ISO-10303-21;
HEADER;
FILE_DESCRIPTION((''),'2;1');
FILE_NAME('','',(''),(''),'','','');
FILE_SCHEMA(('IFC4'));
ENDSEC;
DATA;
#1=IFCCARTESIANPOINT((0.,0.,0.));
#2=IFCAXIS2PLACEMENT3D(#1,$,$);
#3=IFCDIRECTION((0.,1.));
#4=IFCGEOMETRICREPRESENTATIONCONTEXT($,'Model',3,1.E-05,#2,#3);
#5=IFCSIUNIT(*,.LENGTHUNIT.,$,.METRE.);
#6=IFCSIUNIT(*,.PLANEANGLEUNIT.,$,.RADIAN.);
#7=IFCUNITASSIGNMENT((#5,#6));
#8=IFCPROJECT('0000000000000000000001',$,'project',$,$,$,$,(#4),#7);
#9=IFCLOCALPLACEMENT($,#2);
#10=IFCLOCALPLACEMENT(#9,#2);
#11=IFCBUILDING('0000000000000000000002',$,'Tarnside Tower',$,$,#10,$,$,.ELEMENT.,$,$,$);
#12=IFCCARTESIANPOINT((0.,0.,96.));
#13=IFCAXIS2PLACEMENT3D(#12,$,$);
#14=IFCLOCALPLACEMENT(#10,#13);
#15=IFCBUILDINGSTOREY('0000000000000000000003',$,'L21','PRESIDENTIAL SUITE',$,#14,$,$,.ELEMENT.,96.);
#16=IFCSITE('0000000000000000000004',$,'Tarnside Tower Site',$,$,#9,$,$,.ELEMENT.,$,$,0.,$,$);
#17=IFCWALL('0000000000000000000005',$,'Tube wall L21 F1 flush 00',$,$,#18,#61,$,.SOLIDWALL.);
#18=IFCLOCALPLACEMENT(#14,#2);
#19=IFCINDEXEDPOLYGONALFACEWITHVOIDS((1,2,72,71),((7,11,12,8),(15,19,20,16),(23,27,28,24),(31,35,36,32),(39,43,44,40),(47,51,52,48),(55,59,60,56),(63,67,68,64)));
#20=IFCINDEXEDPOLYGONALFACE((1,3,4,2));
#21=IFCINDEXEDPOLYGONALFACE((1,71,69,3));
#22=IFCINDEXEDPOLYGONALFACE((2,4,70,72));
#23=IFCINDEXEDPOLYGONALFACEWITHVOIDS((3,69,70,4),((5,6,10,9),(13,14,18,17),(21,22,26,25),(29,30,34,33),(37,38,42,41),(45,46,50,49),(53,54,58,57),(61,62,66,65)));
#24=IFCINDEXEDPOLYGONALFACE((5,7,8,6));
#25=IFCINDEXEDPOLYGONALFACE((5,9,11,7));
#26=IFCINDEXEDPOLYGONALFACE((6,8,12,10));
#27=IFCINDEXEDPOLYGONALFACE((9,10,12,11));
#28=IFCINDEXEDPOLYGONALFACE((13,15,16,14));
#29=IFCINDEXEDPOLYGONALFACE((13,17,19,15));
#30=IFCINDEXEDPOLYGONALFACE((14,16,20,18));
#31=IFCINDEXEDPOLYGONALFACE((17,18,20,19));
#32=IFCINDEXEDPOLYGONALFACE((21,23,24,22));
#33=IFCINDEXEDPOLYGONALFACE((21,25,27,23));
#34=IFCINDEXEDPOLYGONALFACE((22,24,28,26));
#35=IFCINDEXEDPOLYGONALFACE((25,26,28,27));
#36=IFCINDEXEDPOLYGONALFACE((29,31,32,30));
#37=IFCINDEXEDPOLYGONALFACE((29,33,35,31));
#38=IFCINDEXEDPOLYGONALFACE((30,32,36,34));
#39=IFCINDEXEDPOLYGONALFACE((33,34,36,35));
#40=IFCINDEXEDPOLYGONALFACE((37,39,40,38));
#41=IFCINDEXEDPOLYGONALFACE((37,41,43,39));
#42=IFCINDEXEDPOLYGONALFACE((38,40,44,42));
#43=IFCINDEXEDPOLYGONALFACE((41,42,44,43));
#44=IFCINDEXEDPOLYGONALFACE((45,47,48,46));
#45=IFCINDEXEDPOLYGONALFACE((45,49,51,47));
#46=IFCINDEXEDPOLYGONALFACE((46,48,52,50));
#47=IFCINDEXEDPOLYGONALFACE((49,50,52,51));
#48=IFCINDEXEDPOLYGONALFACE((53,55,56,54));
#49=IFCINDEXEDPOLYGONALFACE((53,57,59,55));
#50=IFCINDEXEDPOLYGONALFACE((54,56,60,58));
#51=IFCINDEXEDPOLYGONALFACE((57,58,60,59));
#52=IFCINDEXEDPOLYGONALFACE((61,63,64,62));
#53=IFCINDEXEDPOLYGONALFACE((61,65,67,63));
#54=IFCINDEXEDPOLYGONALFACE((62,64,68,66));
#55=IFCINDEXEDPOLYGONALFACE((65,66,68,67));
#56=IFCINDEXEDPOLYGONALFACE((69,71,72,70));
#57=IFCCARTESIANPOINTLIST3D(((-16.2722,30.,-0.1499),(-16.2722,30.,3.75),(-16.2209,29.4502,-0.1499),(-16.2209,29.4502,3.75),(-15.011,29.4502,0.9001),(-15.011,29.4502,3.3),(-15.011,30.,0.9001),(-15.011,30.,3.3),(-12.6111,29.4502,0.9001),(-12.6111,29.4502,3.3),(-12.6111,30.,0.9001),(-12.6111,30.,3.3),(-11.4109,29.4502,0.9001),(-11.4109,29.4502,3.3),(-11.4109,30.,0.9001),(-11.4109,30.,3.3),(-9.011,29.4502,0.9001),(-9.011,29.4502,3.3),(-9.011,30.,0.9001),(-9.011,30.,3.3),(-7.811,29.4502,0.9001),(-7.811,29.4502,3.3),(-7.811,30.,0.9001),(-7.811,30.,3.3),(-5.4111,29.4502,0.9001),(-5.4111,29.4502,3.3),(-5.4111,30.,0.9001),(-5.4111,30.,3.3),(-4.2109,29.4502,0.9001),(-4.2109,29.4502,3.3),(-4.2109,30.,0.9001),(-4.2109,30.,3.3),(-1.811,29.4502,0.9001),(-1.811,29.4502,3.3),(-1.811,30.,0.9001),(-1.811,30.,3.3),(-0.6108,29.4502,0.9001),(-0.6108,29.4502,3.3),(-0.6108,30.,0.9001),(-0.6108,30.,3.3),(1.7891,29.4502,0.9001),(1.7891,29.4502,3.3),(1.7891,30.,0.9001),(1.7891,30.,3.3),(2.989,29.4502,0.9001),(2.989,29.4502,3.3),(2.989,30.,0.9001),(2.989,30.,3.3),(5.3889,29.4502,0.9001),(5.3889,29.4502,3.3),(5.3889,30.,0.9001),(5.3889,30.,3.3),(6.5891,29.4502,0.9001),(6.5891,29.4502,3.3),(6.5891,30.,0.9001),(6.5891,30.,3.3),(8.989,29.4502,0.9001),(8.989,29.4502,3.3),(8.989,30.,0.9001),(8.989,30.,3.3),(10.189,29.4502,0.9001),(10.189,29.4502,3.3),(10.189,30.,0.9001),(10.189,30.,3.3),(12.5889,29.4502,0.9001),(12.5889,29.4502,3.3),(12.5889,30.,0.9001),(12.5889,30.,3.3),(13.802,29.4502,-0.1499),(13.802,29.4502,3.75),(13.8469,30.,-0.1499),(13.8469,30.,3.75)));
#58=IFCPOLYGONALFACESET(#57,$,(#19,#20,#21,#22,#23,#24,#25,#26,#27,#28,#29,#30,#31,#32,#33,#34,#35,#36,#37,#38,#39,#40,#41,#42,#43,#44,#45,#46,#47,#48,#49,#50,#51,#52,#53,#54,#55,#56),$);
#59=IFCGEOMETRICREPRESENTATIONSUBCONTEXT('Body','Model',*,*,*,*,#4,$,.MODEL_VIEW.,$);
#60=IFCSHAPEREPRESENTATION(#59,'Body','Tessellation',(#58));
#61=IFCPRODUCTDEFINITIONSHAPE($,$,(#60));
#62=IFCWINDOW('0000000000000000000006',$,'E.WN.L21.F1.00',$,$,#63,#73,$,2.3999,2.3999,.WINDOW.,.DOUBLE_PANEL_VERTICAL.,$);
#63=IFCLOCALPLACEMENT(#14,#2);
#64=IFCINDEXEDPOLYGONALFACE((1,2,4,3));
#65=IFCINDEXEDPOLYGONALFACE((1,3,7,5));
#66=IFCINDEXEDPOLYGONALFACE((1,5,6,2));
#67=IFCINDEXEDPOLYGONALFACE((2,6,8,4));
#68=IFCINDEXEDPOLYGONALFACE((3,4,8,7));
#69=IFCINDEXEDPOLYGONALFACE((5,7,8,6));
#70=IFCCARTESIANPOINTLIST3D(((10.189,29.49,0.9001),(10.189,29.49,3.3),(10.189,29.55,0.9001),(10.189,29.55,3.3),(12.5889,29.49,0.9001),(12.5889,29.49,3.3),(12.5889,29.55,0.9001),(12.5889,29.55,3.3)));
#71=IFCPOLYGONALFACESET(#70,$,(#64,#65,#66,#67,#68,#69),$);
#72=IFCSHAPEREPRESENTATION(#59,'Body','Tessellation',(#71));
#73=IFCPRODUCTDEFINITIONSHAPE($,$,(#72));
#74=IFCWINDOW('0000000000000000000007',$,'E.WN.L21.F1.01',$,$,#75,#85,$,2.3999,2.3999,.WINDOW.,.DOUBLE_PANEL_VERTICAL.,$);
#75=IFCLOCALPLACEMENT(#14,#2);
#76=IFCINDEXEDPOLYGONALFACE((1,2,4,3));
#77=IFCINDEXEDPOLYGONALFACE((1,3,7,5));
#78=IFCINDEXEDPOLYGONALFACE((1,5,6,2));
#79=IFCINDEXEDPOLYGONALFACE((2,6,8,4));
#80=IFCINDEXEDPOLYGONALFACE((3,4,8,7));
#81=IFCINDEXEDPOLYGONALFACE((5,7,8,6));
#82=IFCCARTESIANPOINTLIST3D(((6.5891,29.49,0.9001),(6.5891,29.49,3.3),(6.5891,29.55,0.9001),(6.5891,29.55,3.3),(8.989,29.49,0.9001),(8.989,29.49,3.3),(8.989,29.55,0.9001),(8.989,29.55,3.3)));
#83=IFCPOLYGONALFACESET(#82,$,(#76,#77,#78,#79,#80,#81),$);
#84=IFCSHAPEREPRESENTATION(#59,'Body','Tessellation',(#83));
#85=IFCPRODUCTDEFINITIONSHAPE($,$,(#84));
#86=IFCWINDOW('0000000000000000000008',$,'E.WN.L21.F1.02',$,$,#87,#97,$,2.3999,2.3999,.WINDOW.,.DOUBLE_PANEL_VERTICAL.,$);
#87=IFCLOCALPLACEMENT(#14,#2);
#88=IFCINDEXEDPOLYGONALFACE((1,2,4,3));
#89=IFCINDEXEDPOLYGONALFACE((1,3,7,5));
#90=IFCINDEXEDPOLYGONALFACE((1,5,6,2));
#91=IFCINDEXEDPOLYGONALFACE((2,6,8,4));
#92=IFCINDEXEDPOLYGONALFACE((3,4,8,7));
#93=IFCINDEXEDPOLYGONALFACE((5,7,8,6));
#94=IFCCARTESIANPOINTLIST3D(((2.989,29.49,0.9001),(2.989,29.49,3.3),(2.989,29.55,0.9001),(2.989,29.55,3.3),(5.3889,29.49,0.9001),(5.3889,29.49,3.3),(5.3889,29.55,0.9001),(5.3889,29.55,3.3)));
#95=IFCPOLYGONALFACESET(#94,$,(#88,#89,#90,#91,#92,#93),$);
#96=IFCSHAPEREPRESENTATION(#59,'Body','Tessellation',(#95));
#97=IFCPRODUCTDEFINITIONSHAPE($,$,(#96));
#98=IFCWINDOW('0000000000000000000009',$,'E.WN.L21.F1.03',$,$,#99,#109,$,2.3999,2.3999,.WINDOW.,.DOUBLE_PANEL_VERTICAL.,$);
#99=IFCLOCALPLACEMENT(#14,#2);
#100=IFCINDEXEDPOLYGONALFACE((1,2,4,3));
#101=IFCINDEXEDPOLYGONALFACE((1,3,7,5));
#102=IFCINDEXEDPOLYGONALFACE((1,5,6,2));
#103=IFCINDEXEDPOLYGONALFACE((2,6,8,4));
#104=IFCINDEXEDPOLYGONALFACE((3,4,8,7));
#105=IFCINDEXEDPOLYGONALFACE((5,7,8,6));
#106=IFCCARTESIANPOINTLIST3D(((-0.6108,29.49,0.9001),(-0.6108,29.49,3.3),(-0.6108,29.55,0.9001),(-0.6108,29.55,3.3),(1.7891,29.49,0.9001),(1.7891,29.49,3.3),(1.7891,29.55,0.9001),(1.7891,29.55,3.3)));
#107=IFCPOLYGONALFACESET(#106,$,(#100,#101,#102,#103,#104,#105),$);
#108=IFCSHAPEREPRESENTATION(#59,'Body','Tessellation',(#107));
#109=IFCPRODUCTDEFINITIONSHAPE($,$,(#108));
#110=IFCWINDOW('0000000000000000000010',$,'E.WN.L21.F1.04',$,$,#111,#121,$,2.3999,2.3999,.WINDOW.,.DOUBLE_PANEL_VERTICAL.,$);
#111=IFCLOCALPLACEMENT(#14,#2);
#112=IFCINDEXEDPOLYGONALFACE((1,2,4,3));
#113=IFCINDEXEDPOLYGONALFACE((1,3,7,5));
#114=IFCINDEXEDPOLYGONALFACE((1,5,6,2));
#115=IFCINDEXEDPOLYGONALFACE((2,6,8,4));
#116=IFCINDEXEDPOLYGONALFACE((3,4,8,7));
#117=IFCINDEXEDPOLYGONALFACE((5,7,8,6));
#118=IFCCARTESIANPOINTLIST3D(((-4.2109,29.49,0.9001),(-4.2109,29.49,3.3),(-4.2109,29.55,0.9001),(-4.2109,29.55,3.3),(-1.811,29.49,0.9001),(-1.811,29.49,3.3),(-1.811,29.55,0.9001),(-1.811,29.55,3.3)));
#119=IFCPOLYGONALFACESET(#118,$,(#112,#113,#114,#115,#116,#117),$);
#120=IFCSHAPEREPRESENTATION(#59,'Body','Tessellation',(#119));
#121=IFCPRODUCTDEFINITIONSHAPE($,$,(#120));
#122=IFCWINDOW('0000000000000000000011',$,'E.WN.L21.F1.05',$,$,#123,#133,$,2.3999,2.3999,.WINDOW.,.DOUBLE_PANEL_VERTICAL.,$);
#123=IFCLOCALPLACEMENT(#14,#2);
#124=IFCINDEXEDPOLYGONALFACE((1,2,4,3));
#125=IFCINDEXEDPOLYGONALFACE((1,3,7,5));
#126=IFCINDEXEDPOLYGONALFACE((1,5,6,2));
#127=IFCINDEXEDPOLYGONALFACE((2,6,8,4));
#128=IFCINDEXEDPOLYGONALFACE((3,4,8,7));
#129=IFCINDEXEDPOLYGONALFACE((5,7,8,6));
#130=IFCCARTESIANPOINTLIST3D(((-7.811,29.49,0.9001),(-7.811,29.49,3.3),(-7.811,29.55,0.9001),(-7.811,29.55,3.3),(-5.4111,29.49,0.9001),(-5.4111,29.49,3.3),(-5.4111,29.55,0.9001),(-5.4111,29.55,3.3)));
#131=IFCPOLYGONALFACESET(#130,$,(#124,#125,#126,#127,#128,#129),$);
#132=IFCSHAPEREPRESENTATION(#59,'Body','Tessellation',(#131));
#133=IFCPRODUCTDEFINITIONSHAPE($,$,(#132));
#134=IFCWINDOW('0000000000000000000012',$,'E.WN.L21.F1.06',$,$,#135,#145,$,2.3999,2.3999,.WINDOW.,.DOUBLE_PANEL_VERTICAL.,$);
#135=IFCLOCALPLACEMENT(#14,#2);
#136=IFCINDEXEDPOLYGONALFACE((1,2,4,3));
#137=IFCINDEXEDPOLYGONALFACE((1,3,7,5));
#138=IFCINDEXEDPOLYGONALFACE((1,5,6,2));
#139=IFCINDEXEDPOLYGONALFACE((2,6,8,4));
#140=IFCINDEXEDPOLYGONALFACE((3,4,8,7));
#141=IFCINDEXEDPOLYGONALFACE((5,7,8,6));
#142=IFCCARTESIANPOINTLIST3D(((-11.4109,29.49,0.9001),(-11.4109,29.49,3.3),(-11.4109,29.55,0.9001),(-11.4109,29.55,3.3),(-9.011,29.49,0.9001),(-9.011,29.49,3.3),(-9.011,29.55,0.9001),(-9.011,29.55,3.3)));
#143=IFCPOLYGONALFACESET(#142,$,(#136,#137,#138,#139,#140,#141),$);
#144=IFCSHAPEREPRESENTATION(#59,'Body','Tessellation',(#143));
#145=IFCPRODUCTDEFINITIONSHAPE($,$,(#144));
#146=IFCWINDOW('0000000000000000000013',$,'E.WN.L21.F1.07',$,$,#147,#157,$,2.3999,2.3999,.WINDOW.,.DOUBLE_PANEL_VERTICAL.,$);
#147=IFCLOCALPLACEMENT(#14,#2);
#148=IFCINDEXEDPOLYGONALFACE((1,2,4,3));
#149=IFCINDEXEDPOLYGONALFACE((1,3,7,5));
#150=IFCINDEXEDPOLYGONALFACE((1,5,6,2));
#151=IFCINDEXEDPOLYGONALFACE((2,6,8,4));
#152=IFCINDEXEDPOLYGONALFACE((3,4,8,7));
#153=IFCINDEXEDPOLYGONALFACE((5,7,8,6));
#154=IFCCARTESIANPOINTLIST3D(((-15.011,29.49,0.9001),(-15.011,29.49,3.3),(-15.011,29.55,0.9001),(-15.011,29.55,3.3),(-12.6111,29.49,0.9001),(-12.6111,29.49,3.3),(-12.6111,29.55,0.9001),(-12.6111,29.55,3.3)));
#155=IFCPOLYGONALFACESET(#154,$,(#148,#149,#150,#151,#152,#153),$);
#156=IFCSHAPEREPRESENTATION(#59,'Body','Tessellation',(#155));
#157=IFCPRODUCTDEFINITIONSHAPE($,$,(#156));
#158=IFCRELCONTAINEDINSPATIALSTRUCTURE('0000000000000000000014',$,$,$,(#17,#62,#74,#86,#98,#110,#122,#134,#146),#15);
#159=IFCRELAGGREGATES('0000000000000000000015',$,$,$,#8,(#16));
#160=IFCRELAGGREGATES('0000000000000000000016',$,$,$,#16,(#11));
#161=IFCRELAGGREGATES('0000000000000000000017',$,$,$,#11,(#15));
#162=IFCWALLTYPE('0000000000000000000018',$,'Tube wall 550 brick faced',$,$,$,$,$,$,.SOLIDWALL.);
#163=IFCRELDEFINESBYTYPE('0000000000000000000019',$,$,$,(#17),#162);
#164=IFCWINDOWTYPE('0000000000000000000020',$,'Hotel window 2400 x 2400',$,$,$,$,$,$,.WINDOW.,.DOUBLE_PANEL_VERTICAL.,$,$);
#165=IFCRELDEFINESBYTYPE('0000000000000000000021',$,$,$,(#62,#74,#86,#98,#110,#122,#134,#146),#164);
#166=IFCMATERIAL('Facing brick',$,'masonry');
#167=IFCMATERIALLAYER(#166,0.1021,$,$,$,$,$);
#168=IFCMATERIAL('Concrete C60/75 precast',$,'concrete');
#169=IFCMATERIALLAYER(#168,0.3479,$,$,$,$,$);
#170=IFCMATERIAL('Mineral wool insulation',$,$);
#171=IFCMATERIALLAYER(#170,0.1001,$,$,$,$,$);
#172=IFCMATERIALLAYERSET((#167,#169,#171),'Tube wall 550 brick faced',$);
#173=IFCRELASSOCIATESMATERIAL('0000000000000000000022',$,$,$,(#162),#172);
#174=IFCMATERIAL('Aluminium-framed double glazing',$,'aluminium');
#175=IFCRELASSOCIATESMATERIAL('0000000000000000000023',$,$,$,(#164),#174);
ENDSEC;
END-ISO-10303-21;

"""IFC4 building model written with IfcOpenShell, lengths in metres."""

from ifc_helpers import new_model, si_unit, direction, frame, frame_2d, origin, place, context, subcontext, project, spatial, polyline, rectangle, outline, extrude, material, layer, layer_set, type_object, element, fill, save


model = new_model("IFC4")

# Units and contexts
model_context = context("Model", 3, precision=1e-05, world=origin(), true_north=direction((0.0, 1.0)))
body_context = subcontext(model_context, "Body", "Model", "MODEL_VIEW")
ifc_project = project(units=[si_unit("LENGTHUNIT", "METRE"), si_unit("PLANEANGLEUNIT", "RADIAN")], contexts=[model_context])

# Site, building, storey
site_placement = place(None, origin())
site = spatial("IfcSite", under=ifc_project, at=site_placement, Name="Tarnside Tower Site", CompositionType="ELEMENT", RefElevation=0.0)
building_placement = place(site_placement, origin())
building = spatial("IfcBuilding", under=site, at=building_placement, Name="Tarnside Tower", CompositionType="ELEMENT")
storey_placement = place(building_placement, frame((0.0, 0.0, 96.0)))
storey = spatial("IfcBuildingStorey", under=building, at=storey_placement, Name="L21", Description="PRESIDENTIAL SUITE", CompositionType="ELEMENT", Elevation=96.0)

# Wall, openings, windows
ifc_material_1 = material(Name="Facing brick", Category="masonry")
ifc_layer_1 = layer(ifc_material_1, 0.1021)
ifc_material_2 = material(Name="Concrete C60/75 precast", Category="concrete")
ifc_layer_2 = layer(ifc_material_2, 0.3479)
ifc_material_3 = material(Name="Mineral wool insulation")
ifc_layer_3 = layer(ifc_material_3, 0.1001)
ifc_layer_set_1 = layer_set([ifc_layer_1, ifc_layer_2, ifc_layer_3], Name="Tube wall 550 brick faced")
wall_type_1 = type_object("IfcWallType", Name="Tube wall 550 brick faced", PredefinedType="SOLIDWALL", material=ifc_layer_set_1)
wall_1_placement = place(storey_placement, frame((13.8245, 29.7251, -0.1499), z_axis=(0.0, 0.0, 1.0), x_axis=(-1.0, 0.0, 0.0)))
wall_1 = element("IfcWall", 1, at=wall_1_placement, inside=storey, type_object=wall_type_1, Name="Tube wall L21 F1 flush 00", PredefinedType="SOLIDWALL", context=body_context, shape_type="SweptSolid", body=[
    extrude(outline(polyline([(-0.0225, -0.2749), (30.0967, -0.2749), (30.0454, 0.2749), (0.0225, 0.2749), (-0.0225, -0.2749)])), origin(), (0.0, 0.0, 1.0), 3.8999),
])
opening_1_placement = place(wall_1_placement, frame((1.2356, 0.0, 1.05)))
opening_1 = element("IfcOpeningElement", 2, at=opening_1_placement, cuts=wall_1, PredefinedType="OPENING", context=body_context, shape_type="SweptSolid", body=[
    extrude(rectangle(XDim=2.3999, YDim=2.3999, at=frame_2d((1.2, 1.2))), frame((0.0, 0.2852, 0.0), z_axis=(0.0, -1.0, 0.0), x_axis=(1.0, 0.0, 0.0)), (0.0, 0.0, 1.0), 0.5701),
])
opening_2_placement = place(wall_1_placement, frame((4.8354, 0.0, 1.05)))
opening_2 = element("IfcOpeningElement", 3, at=opening_2_placement, cuts=wall_1, PredefinedType="OPENING", context=body_context, shape_type="SweptSolid", body=[
    extrude(rectangle(XDim=2.3999, YDim=2.3999, at=frame_2d((1.2, 1.2))), frame((0.0, 0.2852, 0.0), z_axis=(0.0, -1.0, 0.0), x_axis=(1.0, 0.0, 0.0)), (0.0, 0.0, 1.0), 0.5701),
])
opening_3_placement = place(wall_1_placement, frame((8.4355, 0.0, 1.05)))
opening_3 = element("IfcOpeningElement", 4, at=opening_3_placement, cuts=wall_1, PredefinedType="OPENING", context=body_context, shape_type="SweptSolid", body=[
    extrude(rectangle(XDim=2.3999, YDim=2.3999, at=frame_2d((1.2, 1.2))), frame((0.0, 0.2852, 0.0), z_axis=(0.0, -1.0, 0.0), x_axis=(1.0, 0.0, 0.0)), (0.0, 0.0, 1.0), 0.5701),
])
opening_4_placement = place(wall_1_placement, frame((12.0354, 0.0, 1.05)))
opening_4 = element("IfcOpeningElement", 5, at=opening_4_placement, cuts=wall_1, PredefinedType="OPENING", context=body_context, shape_type="SweptSolid", body=[
    extrude(rectangle(XDim=2.3999, YDim=2.3999, at=frame_2d((1.2, 1.2))), frame((0.0, 0.2852, 0.0), z_axis=(0.0, -1.0, 0.0), x_axis=(1.0, 0.0, 0.0)), (0.0, 0.0, 1.0), 0.5701),
])
opening_5_placement = place(wall_1_placement, frame((15.6355, 0.0, 1.05)))
opening_5 = element("IfcOpeningElement", 6, at=opening_5_placement, cuts=wall_1, PredefinedType="OPENING", context=body_context, shape_type="SweptSolid", body=[
    extrude(rectangle(XDim=2.3999, YDim=2.3999, at=frame_2d((1.2, 1.2))), frame((0.0, 0.2852, 0.0), z_axis=(0.0, -1.0, 0.0), x_axis=(1.0, 0.0, 0.0)), (0.0, 0.0, 1.0), 0.5701),
])
opening_6_placement = place(wall_1_placement, frame((19.2356, 0.0, 1.05)))
opening_6 = element("IfcOpeningElement", 7, at=opening_6_placement, cuts=wall_1, PredefinedType="OPENING", context=body_context, shape_type="SweptSolid", body=[
    extrude(rectangle(XDim=2.3999, YDim=2.3999, at=frame_2d((1.2, 1.2))), frame((0.0, 0.2852, 0.0), z_axis=(0.0, -1.0, 0.0), x_axis=(1.0, 0.0, 0.0)), (0.0, 0.0, 1.0), 0.5701),
])
opening_7_placement = place(wall_1_placement, frame((22.8354, 0.0, 1.05)))
opening_7 = element("IfcOpeningElement", 8, at=opening_7_placement, cuts=wall_1, PredefinedType="OPENING", context=body_context, shape_type="SweptSolid", body=[
    extrude(rectangle(XDim=2.3999, YDim=2.3999, at=frame_2d((1.2, 1.2))), frame((0.0, 0.2852, 0.0), z_axis=(0.0, -1.0, 0.0), x_axis=(1.0, 0.0, 0.0)), (0.0, 0.0, 1.0), 0.5701),
])
opening_8_placement = place(wall_1_placement, frame((26.4355, 0.0, 1.05)))
opening_8 = element("IfcOpeningElement", 9, at=opening_8_placement, cuts=wall_1, PredefinedType="OPENING", context=body_context, shape_type="SweptSolid", body=[
    extrude(rectangle(XDim=2.3999, YDim=2.3999, at=frame_2d((1.2, 1.2))), frame((0.0, 0.2852, 0.0), z_axis=(0.0, -1.0, 0.0), x_axis=(1.0, 0.0, 0.0)), (0.0, 0.0, 1.0), 0.5701),
])
ifc_material_4 = material(Name="Aluminium-framed double glazing", Category="aluminium")
window_type = type_object("IfcWindowType", Name="Hotel window 2400 x 2400", PartitioningType="DOUBLE_PANEL_VERTICAL", PredefinedType="WINDOW", material=ifc_material_4)
window_1_placement = place(opening_1_placement, frame((0.0, 0.2051, 0.0)))
window_1 = element("IfcWindow", 10, at=window_1_placement, inside=storey, type_object=window_type, Name="E.WN.L21.F1.00", OverallHeight=2.3999, OverallWidth=2.3999, PartitioningType="DOUBLE_PANEL_VERTICAL", PredefinedType="WINDOW", context=body_context, shape_type="SweptSolid", body=[
    extrude(rectangle(XDim=2.3999, YDim=2.3999, at=frame_2d((1.2, 1.2))), frame((0.0, 0.03, 0.0), z_axis=(0.0, -1.0, 0.0), x_axis=(1.0, 0.0, 0.0)), (0.0, 0.0, 1.0), 0.0601),
])
fill(opening_1, window_1)
window_2_placement = place(opening_2_placement, frame((0.0, 0.2051, 0.0)))
window_2 = element("IfcWindow", 11, at=window_2_placement, inside=storey, type_object=window_type, Name="E.WN.L21.F1.01", OverallHeight=2.3999, OverallWidth=2.3999, PartitioningType="DOUBLE_PANEL_VERTICAL", PredefinedType="WINDOW", context=body_context, shape_type="SweptSolid", body=[
    extrude(rectangle(XDim=2.3999, YDim=2.3999, at=frame_2d((1.2, 1.2))), frame((0.0, 0.03, 0.0), z_axis=(0.0, -1.0, 0.0), x_axis=(1.0, 0.0, 0.0)), (0.0, 0.0, 1.0), 0.0601),
])
fill(opening_2, window_2)
window_3_placement = place(opening_3_placement, frame((0.0, 0.2051, 0.0)))
window_3 = element("IfcWindow", 12, at=window_3_placement, inside=storey, type_object=window_type, Name="E.WN.L21.F1.02", OverallHeight=2.3999, OverallWidth=2.3999, PartitioningType="DOUBLE_PANEL_VERTICAL", PredefinedType="WINDOW", context=body_context, shape_type="SweptSolid", body=[
    extrude(rectangle(XDim=2.3999, YDim=2.3999, at=frame_2d((1.2, 1.2))), frame((0.0, 0.03, 0.0), z_axis=(0.0, -1.0, 0.0), x_axis=(1.0, 0.0, 0.0)), (0.0, 0.0, 1.0), 0.0601),
])
fill(opening_3, window_3)
window_4_placement = place(opening_4_placement, frame((0.0, 0.2051, 0.0)))
window_4 = element("IfcWindow", 13, at=window_4_placement, inside=storey, type_object=window_type, Name="E.WN.L21.F1.03", OverallHeight=2.3999, OverallWidth=2.3999, PartitioningType="DOUBLE_PANEL_VERTICAL", PredefinedType="WINDOW", context=body_context, shape_type="SweptSolid", body=[
    extrude(rectangle(XDim=2.3999, YDim=2.3999, at=frame_2d((1.2, 1.2))), frame((0.0, 0.03, 0.0), z_axis=(0.0, -1.0, 0.0), x_axis=(1.0, 0.0, 0.0)), (0.0, 0.0, 1.0), 0.0601),
])
fill(opening_4, window_4)
window_5_placement = place(opening_5_placement, frame((0.0, 0.2051, 0.0)))
window_5 = element("IfcWindow", 14, at=window_5_placement, inside=storey, type_object=window_type, Name="E.WN.L21.F1.04", OverallHeight=2.3999, OverallWidth=2.3999, PartitioningType="DOUBLE_PANEL_VERTICAL", PredefinedType="WINDOW", context=body_context, shape_type="SweptSolid", body=[
    extrude(rectangle(XDim=2.3999, YDim=2.3999, at=frame_2d((1.2, 1.2))), frame((0.0, 0.03, 0.0), z_axis=(0.0, -1.0, 0.0), x_axis=(1.0, 0.0, 0.0)), (0.0, 0.0, 1.0), 0.0601),
])
fill(opening_5, window_5)
window_6_placement = place(opening_6_placement, frame((0.0, 0.2051, 0.0)))
window_6 = element("IfcWindow", 15, at=window_6_placement, inside=storey, type_object=window_type, Name="E.WN.L21.F1.05", OverallHeight=2.3999, OverallWidth=2.3999, PartitioningType="DOUBLE_PANEL_VERTICAL", PredefinedType="WINDOW", context=body_context, shape_type="SweptSolid", body=[
    extrude(rectangle(XDim=2.3999, YDim=2.3999, at=frame_2d((1.2, 1.2))), frame((0.0, 0.03, 0.0), z_axis=(0.0, -1.0, 0.0), x_axis=(1.0, 0.0, 0.0)), (0.0, 0.0, 1.0), 0.0601),
])
fill(opening_6, window_6)
window_7_placement = place(opening_7_placement, frame((0.0, 0.2051, 0.0)))
window_7 = element("IfcWindow", 16, at=window_7_placement, inside=storey, type_object=window_type, Name="E.WN.L21.F1.06", OverallHeight=2.3999, OverallWidth=2.3999, PartitioningType="DOUBLE_PANEL_VERTICAL", PredefinedType="WINDOW", context=body_context, shape_type="SweptSolid", body=[
    extrude(rectangle(XDim=2.3999, YDim=2.3999, at=frame_2d((1.2, 1.2))), frame((0.0, 0.03, 0.0), z_axis=(0.0, -1.0, 0.0), x_axis=(1.0, 0.0, 0.0)), (0.0, 0.0, 1.0), 0.0601),
])
fill(opening_7, window_7)
window_8_placement = place(opening_8_placement, frame((0.0, 0.2051, 0.0)))
window_8 = element("IfcWindow", 17, at=window_8_placement, inside=storey, type_object=window_type, Name="E.WN.L21.F1.07", OverallHeight=2.3999, OverallWidth=2.3999, PartitioningType="DOUBLE_PANEL_VERTICAL", PredefinedType="WINDOW", context=body_context, shape_type="SweptSolid", body=[
    extrude(rectangle(XDim=2.3999, YDim=2.3999, at=frame_2d((1.2, 1.2))), frame((0.0, 0.03, 0.0), z_axis=(0.0, -1.0, 0.0), x_axis=(1.0, 0.0, 0.0)), (0.0, 0.0, 1.0), 0.0601),
])
fill(opening_8, window_8)

save(model, "model.ifc")
